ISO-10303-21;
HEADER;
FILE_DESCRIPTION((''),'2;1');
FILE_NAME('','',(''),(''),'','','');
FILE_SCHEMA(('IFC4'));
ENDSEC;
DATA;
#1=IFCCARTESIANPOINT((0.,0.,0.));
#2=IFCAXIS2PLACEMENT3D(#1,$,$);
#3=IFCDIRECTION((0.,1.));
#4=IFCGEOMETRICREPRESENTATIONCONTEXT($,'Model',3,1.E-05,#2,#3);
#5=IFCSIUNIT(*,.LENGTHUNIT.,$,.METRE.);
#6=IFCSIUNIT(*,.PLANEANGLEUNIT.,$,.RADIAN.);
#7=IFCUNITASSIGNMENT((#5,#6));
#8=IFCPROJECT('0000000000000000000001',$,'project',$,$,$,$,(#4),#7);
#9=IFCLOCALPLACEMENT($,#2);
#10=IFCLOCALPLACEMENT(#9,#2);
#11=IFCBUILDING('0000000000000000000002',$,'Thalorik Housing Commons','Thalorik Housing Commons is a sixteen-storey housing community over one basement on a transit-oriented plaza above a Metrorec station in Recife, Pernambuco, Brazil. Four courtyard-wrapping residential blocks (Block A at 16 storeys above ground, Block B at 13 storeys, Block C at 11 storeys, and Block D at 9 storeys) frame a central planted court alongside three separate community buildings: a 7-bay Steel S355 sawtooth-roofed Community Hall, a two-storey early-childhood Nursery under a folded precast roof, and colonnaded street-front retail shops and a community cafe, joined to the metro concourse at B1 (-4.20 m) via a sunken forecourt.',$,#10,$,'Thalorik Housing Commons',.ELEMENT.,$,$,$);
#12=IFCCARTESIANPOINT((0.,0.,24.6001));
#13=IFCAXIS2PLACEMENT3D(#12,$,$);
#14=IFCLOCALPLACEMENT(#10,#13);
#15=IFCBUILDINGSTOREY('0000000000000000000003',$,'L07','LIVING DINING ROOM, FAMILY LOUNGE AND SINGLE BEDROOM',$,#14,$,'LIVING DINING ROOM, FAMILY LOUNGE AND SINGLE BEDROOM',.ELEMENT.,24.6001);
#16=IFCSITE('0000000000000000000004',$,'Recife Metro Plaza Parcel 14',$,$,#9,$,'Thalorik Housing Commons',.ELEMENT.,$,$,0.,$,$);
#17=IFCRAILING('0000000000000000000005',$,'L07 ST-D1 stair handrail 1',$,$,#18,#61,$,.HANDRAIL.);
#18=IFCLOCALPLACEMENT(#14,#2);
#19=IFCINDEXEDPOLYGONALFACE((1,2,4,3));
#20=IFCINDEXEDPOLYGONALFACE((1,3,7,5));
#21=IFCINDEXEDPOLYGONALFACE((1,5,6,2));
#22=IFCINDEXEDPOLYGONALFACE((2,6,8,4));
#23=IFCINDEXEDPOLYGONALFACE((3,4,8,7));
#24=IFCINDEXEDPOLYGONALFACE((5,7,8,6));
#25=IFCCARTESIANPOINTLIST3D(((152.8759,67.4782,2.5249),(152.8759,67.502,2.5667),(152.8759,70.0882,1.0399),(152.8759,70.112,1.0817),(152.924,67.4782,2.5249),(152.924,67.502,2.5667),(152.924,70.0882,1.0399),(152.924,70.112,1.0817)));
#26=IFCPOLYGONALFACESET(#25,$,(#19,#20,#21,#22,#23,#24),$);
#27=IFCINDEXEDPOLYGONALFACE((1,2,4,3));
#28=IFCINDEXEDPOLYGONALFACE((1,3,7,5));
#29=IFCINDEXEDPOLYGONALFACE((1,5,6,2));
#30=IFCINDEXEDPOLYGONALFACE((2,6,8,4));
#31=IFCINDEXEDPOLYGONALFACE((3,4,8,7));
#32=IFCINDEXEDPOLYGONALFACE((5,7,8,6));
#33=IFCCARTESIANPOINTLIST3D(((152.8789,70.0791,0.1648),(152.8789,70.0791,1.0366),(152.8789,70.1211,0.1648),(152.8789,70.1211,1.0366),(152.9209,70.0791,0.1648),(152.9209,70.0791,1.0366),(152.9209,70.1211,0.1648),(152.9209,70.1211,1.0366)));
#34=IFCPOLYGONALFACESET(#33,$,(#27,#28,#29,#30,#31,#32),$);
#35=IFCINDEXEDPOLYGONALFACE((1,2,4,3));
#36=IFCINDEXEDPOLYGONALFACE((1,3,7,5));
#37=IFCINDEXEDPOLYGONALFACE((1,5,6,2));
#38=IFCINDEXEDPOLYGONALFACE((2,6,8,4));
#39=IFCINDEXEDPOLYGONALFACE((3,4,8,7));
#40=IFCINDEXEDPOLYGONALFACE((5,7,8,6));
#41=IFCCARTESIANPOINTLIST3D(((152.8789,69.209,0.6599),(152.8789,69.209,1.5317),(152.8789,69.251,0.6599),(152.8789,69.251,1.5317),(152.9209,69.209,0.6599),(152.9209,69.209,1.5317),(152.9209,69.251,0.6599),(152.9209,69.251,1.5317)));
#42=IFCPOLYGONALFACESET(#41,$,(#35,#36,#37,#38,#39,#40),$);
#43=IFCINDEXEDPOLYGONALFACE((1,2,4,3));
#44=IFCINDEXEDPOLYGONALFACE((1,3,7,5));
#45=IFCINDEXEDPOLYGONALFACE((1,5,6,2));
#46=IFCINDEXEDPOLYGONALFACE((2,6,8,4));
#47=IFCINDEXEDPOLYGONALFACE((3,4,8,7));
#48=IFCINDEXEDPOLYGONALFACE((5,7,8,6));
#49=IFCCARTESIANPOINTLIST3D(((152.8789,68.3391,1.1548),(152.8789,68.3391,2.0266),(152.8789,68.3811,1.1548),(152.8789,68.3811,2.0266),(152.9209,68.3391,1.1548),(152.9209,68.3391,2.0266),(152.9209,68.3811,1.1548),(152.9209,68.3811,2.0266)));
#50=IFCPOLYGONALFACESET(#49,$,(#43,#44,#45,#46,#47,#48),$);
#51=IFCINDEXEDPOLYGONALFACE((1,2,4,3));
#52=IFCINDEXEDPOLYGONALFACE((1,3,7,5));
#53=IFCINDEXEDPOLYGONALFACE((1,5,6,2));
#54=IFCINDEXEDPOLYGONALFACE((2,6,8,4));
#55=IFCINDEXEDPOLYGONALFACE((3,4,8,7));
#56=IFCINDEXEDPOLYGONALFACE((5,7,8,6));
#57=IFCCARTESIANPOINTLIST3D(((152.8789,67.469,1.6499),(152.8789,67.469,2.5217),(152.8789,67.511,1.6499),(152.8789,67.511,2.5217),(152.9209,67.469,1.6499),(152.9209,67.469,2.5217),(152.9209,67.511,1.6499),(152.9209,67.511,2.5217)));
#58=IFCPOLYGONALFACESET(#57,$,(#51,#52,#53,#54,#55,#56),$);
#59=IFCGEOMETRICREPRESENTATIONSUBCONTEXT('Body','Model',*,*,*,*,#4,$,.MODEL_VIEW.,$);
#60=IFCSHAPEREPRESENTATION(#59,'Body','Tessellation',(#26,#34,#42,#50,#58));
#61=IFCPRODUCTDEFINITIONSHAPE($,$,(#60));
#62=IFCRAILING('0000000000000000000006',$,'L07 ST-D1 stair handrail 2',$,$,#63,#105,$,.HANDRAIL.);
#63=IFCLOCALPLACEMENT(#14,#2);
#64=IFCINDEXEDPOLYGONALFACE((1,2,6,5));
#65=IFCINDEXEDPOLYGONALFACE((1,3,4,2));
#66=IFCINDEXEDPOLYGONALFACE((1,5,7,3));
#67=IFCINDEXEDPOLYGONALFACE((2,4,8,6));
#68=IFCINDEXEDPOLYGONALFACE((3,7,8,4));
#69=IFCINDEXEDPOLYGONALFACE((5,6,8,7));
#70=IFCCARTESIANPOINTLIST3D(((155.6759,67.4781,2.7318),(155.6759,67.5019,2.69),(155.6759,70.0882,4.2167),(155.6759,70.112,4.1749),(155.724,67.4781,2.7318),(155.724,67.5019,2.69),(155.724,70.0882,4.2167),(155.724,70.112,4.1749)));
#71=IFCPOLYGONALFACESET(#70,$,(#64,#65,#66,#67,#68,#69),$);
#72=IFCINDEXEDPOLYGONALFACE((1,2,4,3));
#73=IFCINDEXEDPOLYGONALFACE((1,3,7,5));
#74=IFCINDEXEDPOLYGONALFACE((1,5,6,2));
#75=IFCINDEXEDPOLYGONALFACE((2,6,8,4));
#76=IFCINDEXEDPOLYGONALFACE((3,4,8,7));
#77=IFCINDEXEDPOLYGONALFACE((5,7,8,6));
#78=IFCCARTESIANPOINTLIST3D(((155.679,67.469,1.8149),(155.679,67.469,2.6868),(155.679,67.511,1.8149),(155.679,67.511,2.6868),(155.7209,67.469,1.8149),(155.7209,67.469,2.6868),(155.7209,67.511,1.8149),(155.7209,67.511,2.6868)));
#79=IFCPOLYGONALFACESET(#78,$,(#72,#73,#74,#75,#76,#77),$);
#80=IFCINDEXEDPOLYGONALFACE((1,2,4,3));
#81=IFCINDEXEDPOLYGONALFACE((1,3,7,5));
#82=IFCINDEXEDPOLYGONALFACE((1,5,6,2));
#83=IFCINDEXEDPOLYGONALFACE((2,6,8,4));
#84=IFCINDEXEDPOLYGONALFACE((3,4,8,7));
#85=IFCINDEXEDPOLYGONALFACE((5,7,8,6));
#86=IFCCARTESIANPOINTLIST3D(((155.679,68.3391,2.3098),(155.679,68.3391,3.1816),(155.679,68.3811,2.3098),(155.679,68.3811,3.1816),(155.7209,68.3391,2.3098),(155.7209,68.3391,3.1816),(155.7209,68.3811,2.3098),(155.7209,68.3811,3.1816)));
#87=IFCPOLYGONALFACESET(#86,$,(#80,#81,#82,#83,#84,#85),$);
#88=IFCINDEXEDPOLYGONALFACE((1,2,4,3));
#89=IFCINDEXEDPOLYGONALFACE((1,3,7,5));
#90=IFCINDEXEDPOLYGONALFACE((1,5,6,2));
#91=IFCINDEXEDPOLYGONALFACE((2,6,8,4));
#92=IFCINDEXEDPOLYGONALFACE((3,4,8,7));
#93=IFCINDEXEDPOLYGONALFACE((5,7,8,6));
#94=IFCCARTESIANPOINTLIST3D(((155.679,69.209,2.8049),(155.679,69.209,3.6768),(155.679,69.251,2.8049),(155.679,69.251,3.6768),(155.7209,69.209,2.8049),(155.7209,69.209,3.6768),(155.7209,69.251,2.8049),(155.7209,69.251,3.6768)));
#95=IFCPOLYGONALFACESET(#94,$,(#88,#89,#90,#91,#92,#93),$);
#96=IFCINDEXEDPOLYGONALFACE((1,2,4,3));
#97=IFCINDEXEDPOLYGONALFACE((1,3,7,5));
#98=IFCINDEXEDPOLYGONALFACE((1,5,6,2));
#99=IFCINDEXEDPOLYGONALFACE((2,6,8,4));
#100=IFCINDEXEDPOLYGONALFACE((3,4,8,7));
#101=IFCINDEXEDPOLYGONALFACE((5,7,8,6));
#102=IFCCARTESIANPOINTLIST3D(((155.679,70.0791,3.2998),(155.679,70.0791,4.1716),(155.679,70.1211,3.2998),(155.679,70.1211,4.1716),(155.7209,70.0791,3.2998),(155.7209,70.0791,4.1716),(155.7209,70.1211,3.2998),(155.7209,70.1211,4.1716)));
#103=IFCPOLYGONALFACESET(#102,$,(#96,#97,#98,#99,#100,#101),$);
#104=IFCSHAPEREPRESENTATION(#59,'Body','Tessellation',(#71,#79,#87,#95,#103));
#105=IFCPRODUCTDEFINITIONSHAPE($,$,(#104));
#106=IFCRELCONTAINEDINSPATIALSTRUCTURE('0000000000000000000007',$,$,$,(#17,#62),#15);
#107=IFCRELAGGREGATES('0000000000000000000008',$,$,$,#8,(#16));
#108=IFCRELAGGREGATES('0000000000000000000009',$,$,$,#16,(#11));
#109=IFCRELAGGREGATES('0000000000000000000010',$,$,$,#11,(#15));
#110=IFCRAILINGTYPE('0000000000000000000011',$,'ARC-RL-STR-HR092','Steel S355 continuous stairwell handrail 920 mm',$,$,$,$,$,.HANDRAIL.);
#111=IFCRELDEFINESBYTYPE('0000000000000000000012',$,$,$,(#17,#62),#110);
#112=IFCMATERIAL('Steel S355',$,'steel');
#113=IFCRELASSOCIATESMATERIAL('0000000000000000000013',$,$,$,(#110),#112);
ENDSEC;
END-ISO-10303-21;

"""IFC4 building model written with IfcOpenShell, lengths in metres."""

from ifc_helpers import new_model, si_unit, direction, frame, origin, origin_2d, place, context, subcontext, project, spatial, rectangle, extrude, material, type_object, element, save


model = new_model("IFC4")

# Units and contexts
model_context = context("Model", 3, precision=1e-05, world=origin(), true_north=direction((0.0, 1.0)))
body_context = subcontext(model_context, "Body", "Model", "MODEL_VIEW")
ifc_project = project(units=[si_unit("LENGTHUNIT", "METRE"), si_unit("PLANEANGLEUNIT", "RADIAN")], contexts=[model_context])

# Site, building, storey
site_placement = place(None, origin())
site = spatial("IfcSite", under=ifc_project, at=site_placement, Name="Recife Metro Plaza Parcel 14", LongName="Thalorik Housing Commons", CompositionType="ELEMENT", RefElevation=0.0)
building_placement = place(site_placement, origin())
building = spatial("IfcBuilding", under=site, at=building_placement, Name="Thalorik Housing Commons", Description="Thalorik Housing Commons is a sixteen-storey housing community over one basement on a transit-oriented plaza above a Metrorec station in Recife, Pernambuco, Brazil. Four courtyard-wrapping residential blocks (Block A at 16 storeys above ground, Block B at 13 storeys, Block C at 11 storeys, and Block D at 9 storeys) frame a central planted court alongside three separate community buildings: a 7-bay Steel S355 sawtooth-roofed Community Hall, a two-storey early-childhood Nursery under a folded precast roof, and colonnaded street-front retail shops and a community cafe, joined to the metro concourse at B1 (-4.20 m) via a sunken forecourt.", LongName="Thalorik Housing Commons", CompositionType="ELEMENT")
storey_placement = place(building_placement, frame((0.0, 0.0, 24.6001)))
storey = spatial("IfcBuildingStorey", under=building, at=storey_placement, Name="L07", Description="LIVING DINING ROOM, FAMILY LOUNGE AND SINGLE BEDROOM", LongName="LIVING DINING ROOM, FAMILY LOUNGE AND SINGLE BEDROOM", CompositionType="ELEMENT", Elevation=24.6001)

# Shared definitions
ifc_material_1 = material(Name="Steel S355", Category="steel")

# Railings
railing_type_1 = type_object("IfcRailingType", Name="ARC-RL-STR-HR092", Description="Steel S355 continuous stairwell handrail 920 mm", PredefinedType="HANDRAIL", material=ifc_material_1)
railing_1_placement = place(storey_placement, frame((152.8999, 70.1001, 0.1648)))
element("IfcRailing", 1, at=railing_1_placement, inside=storey, type_object=railing_type_1, Name="L07 ST-D1 stair handrail 1", PredefinedType="HANDRAIL", context=body_context, shape_type="SweptSolid", body=[
    extrude(rectangle(XDim=0.0481, YDim=0.0481, at=origin_2d()), frame((0.0, 0.0, 0.896), z_axis=(0.0, -0.869157, 0.494536), x_axis=(1.0, 0.0, 0.0)), (0.0, 0.0, 1.0), 3.0029),
    extrude(rectangle(XDim=0.042, YDim=0.042, at=origin_2d()), origin(), (0.0, 0.0, 1.0), 0.8718),
    extrude(rectangle(XDim=0.042, YDim=0.042, at=origin_2d()), frame((0.0, -0.8701, 0.4951)), (0.0, 0.0, 1.0), 0.8718),
    extrude(rectangle(XDim=0.042, YDim=0.042, at=origin_2d()), frame((0.0, -1.74, 0.99)), (0.0, 0.0, 1.0), 0.8718),
    extrude(rectangle(XDim=0.042, YDim=0.042, at=origin_2d()), frame((0.0, -2.6101, 1.4851)), (0.0, 0.0, 1.0), 0.8718),
])
railing_2_placement = place(storey_placement, frame((155.7, 67.49, 1.8149)))
element("IfcRailing", 2, at=railing_2_placement, inside=storey, type_object=railing_type_1, Name="L07 ST-D1 stair handrail 2", PredefinedType="HANDRAIL", context=body_context, shape_type="SweptSolid", body=[
    extrude(rectangle(XDim=0.0481, YDim=0.0481, at=origin_2d()), frame((0.0, 0.0, 0.896), z_axis=(0.0, 0.869192, 0.494474), x_axis=(-1.0, 0.0, 0.0)), (0.0, 0.0, 1.0), 3.0029),
    extrude(rectangle(XDim=0.042, YDim=0.042, at=origin_2d()), origin(), (0.0, 0.0, 1.0), 0.8718),
    extrude(rectangle(XDim=0.042, YDim=0.042, at=origin_2d()), frame((0.0, 0.8701, 0.4949)), (0.0, 0.0, 1.0), 0.8718),
    extrude(rectangle(XDim=0.042, YDim=0.042, at=origin_2d()), frame((0.0, 1.74, 0.99)), (0.0, 0.0, 1.0), 0.8718),
    extrude(rectangle(XDim=0.042, YDim=0.042, at=origin_2d()), frame((0.0, 2.6101, 1.4849)), (0.0, 0.0, 1.0), 0.8718),
])

save(model, "model.ifc")
